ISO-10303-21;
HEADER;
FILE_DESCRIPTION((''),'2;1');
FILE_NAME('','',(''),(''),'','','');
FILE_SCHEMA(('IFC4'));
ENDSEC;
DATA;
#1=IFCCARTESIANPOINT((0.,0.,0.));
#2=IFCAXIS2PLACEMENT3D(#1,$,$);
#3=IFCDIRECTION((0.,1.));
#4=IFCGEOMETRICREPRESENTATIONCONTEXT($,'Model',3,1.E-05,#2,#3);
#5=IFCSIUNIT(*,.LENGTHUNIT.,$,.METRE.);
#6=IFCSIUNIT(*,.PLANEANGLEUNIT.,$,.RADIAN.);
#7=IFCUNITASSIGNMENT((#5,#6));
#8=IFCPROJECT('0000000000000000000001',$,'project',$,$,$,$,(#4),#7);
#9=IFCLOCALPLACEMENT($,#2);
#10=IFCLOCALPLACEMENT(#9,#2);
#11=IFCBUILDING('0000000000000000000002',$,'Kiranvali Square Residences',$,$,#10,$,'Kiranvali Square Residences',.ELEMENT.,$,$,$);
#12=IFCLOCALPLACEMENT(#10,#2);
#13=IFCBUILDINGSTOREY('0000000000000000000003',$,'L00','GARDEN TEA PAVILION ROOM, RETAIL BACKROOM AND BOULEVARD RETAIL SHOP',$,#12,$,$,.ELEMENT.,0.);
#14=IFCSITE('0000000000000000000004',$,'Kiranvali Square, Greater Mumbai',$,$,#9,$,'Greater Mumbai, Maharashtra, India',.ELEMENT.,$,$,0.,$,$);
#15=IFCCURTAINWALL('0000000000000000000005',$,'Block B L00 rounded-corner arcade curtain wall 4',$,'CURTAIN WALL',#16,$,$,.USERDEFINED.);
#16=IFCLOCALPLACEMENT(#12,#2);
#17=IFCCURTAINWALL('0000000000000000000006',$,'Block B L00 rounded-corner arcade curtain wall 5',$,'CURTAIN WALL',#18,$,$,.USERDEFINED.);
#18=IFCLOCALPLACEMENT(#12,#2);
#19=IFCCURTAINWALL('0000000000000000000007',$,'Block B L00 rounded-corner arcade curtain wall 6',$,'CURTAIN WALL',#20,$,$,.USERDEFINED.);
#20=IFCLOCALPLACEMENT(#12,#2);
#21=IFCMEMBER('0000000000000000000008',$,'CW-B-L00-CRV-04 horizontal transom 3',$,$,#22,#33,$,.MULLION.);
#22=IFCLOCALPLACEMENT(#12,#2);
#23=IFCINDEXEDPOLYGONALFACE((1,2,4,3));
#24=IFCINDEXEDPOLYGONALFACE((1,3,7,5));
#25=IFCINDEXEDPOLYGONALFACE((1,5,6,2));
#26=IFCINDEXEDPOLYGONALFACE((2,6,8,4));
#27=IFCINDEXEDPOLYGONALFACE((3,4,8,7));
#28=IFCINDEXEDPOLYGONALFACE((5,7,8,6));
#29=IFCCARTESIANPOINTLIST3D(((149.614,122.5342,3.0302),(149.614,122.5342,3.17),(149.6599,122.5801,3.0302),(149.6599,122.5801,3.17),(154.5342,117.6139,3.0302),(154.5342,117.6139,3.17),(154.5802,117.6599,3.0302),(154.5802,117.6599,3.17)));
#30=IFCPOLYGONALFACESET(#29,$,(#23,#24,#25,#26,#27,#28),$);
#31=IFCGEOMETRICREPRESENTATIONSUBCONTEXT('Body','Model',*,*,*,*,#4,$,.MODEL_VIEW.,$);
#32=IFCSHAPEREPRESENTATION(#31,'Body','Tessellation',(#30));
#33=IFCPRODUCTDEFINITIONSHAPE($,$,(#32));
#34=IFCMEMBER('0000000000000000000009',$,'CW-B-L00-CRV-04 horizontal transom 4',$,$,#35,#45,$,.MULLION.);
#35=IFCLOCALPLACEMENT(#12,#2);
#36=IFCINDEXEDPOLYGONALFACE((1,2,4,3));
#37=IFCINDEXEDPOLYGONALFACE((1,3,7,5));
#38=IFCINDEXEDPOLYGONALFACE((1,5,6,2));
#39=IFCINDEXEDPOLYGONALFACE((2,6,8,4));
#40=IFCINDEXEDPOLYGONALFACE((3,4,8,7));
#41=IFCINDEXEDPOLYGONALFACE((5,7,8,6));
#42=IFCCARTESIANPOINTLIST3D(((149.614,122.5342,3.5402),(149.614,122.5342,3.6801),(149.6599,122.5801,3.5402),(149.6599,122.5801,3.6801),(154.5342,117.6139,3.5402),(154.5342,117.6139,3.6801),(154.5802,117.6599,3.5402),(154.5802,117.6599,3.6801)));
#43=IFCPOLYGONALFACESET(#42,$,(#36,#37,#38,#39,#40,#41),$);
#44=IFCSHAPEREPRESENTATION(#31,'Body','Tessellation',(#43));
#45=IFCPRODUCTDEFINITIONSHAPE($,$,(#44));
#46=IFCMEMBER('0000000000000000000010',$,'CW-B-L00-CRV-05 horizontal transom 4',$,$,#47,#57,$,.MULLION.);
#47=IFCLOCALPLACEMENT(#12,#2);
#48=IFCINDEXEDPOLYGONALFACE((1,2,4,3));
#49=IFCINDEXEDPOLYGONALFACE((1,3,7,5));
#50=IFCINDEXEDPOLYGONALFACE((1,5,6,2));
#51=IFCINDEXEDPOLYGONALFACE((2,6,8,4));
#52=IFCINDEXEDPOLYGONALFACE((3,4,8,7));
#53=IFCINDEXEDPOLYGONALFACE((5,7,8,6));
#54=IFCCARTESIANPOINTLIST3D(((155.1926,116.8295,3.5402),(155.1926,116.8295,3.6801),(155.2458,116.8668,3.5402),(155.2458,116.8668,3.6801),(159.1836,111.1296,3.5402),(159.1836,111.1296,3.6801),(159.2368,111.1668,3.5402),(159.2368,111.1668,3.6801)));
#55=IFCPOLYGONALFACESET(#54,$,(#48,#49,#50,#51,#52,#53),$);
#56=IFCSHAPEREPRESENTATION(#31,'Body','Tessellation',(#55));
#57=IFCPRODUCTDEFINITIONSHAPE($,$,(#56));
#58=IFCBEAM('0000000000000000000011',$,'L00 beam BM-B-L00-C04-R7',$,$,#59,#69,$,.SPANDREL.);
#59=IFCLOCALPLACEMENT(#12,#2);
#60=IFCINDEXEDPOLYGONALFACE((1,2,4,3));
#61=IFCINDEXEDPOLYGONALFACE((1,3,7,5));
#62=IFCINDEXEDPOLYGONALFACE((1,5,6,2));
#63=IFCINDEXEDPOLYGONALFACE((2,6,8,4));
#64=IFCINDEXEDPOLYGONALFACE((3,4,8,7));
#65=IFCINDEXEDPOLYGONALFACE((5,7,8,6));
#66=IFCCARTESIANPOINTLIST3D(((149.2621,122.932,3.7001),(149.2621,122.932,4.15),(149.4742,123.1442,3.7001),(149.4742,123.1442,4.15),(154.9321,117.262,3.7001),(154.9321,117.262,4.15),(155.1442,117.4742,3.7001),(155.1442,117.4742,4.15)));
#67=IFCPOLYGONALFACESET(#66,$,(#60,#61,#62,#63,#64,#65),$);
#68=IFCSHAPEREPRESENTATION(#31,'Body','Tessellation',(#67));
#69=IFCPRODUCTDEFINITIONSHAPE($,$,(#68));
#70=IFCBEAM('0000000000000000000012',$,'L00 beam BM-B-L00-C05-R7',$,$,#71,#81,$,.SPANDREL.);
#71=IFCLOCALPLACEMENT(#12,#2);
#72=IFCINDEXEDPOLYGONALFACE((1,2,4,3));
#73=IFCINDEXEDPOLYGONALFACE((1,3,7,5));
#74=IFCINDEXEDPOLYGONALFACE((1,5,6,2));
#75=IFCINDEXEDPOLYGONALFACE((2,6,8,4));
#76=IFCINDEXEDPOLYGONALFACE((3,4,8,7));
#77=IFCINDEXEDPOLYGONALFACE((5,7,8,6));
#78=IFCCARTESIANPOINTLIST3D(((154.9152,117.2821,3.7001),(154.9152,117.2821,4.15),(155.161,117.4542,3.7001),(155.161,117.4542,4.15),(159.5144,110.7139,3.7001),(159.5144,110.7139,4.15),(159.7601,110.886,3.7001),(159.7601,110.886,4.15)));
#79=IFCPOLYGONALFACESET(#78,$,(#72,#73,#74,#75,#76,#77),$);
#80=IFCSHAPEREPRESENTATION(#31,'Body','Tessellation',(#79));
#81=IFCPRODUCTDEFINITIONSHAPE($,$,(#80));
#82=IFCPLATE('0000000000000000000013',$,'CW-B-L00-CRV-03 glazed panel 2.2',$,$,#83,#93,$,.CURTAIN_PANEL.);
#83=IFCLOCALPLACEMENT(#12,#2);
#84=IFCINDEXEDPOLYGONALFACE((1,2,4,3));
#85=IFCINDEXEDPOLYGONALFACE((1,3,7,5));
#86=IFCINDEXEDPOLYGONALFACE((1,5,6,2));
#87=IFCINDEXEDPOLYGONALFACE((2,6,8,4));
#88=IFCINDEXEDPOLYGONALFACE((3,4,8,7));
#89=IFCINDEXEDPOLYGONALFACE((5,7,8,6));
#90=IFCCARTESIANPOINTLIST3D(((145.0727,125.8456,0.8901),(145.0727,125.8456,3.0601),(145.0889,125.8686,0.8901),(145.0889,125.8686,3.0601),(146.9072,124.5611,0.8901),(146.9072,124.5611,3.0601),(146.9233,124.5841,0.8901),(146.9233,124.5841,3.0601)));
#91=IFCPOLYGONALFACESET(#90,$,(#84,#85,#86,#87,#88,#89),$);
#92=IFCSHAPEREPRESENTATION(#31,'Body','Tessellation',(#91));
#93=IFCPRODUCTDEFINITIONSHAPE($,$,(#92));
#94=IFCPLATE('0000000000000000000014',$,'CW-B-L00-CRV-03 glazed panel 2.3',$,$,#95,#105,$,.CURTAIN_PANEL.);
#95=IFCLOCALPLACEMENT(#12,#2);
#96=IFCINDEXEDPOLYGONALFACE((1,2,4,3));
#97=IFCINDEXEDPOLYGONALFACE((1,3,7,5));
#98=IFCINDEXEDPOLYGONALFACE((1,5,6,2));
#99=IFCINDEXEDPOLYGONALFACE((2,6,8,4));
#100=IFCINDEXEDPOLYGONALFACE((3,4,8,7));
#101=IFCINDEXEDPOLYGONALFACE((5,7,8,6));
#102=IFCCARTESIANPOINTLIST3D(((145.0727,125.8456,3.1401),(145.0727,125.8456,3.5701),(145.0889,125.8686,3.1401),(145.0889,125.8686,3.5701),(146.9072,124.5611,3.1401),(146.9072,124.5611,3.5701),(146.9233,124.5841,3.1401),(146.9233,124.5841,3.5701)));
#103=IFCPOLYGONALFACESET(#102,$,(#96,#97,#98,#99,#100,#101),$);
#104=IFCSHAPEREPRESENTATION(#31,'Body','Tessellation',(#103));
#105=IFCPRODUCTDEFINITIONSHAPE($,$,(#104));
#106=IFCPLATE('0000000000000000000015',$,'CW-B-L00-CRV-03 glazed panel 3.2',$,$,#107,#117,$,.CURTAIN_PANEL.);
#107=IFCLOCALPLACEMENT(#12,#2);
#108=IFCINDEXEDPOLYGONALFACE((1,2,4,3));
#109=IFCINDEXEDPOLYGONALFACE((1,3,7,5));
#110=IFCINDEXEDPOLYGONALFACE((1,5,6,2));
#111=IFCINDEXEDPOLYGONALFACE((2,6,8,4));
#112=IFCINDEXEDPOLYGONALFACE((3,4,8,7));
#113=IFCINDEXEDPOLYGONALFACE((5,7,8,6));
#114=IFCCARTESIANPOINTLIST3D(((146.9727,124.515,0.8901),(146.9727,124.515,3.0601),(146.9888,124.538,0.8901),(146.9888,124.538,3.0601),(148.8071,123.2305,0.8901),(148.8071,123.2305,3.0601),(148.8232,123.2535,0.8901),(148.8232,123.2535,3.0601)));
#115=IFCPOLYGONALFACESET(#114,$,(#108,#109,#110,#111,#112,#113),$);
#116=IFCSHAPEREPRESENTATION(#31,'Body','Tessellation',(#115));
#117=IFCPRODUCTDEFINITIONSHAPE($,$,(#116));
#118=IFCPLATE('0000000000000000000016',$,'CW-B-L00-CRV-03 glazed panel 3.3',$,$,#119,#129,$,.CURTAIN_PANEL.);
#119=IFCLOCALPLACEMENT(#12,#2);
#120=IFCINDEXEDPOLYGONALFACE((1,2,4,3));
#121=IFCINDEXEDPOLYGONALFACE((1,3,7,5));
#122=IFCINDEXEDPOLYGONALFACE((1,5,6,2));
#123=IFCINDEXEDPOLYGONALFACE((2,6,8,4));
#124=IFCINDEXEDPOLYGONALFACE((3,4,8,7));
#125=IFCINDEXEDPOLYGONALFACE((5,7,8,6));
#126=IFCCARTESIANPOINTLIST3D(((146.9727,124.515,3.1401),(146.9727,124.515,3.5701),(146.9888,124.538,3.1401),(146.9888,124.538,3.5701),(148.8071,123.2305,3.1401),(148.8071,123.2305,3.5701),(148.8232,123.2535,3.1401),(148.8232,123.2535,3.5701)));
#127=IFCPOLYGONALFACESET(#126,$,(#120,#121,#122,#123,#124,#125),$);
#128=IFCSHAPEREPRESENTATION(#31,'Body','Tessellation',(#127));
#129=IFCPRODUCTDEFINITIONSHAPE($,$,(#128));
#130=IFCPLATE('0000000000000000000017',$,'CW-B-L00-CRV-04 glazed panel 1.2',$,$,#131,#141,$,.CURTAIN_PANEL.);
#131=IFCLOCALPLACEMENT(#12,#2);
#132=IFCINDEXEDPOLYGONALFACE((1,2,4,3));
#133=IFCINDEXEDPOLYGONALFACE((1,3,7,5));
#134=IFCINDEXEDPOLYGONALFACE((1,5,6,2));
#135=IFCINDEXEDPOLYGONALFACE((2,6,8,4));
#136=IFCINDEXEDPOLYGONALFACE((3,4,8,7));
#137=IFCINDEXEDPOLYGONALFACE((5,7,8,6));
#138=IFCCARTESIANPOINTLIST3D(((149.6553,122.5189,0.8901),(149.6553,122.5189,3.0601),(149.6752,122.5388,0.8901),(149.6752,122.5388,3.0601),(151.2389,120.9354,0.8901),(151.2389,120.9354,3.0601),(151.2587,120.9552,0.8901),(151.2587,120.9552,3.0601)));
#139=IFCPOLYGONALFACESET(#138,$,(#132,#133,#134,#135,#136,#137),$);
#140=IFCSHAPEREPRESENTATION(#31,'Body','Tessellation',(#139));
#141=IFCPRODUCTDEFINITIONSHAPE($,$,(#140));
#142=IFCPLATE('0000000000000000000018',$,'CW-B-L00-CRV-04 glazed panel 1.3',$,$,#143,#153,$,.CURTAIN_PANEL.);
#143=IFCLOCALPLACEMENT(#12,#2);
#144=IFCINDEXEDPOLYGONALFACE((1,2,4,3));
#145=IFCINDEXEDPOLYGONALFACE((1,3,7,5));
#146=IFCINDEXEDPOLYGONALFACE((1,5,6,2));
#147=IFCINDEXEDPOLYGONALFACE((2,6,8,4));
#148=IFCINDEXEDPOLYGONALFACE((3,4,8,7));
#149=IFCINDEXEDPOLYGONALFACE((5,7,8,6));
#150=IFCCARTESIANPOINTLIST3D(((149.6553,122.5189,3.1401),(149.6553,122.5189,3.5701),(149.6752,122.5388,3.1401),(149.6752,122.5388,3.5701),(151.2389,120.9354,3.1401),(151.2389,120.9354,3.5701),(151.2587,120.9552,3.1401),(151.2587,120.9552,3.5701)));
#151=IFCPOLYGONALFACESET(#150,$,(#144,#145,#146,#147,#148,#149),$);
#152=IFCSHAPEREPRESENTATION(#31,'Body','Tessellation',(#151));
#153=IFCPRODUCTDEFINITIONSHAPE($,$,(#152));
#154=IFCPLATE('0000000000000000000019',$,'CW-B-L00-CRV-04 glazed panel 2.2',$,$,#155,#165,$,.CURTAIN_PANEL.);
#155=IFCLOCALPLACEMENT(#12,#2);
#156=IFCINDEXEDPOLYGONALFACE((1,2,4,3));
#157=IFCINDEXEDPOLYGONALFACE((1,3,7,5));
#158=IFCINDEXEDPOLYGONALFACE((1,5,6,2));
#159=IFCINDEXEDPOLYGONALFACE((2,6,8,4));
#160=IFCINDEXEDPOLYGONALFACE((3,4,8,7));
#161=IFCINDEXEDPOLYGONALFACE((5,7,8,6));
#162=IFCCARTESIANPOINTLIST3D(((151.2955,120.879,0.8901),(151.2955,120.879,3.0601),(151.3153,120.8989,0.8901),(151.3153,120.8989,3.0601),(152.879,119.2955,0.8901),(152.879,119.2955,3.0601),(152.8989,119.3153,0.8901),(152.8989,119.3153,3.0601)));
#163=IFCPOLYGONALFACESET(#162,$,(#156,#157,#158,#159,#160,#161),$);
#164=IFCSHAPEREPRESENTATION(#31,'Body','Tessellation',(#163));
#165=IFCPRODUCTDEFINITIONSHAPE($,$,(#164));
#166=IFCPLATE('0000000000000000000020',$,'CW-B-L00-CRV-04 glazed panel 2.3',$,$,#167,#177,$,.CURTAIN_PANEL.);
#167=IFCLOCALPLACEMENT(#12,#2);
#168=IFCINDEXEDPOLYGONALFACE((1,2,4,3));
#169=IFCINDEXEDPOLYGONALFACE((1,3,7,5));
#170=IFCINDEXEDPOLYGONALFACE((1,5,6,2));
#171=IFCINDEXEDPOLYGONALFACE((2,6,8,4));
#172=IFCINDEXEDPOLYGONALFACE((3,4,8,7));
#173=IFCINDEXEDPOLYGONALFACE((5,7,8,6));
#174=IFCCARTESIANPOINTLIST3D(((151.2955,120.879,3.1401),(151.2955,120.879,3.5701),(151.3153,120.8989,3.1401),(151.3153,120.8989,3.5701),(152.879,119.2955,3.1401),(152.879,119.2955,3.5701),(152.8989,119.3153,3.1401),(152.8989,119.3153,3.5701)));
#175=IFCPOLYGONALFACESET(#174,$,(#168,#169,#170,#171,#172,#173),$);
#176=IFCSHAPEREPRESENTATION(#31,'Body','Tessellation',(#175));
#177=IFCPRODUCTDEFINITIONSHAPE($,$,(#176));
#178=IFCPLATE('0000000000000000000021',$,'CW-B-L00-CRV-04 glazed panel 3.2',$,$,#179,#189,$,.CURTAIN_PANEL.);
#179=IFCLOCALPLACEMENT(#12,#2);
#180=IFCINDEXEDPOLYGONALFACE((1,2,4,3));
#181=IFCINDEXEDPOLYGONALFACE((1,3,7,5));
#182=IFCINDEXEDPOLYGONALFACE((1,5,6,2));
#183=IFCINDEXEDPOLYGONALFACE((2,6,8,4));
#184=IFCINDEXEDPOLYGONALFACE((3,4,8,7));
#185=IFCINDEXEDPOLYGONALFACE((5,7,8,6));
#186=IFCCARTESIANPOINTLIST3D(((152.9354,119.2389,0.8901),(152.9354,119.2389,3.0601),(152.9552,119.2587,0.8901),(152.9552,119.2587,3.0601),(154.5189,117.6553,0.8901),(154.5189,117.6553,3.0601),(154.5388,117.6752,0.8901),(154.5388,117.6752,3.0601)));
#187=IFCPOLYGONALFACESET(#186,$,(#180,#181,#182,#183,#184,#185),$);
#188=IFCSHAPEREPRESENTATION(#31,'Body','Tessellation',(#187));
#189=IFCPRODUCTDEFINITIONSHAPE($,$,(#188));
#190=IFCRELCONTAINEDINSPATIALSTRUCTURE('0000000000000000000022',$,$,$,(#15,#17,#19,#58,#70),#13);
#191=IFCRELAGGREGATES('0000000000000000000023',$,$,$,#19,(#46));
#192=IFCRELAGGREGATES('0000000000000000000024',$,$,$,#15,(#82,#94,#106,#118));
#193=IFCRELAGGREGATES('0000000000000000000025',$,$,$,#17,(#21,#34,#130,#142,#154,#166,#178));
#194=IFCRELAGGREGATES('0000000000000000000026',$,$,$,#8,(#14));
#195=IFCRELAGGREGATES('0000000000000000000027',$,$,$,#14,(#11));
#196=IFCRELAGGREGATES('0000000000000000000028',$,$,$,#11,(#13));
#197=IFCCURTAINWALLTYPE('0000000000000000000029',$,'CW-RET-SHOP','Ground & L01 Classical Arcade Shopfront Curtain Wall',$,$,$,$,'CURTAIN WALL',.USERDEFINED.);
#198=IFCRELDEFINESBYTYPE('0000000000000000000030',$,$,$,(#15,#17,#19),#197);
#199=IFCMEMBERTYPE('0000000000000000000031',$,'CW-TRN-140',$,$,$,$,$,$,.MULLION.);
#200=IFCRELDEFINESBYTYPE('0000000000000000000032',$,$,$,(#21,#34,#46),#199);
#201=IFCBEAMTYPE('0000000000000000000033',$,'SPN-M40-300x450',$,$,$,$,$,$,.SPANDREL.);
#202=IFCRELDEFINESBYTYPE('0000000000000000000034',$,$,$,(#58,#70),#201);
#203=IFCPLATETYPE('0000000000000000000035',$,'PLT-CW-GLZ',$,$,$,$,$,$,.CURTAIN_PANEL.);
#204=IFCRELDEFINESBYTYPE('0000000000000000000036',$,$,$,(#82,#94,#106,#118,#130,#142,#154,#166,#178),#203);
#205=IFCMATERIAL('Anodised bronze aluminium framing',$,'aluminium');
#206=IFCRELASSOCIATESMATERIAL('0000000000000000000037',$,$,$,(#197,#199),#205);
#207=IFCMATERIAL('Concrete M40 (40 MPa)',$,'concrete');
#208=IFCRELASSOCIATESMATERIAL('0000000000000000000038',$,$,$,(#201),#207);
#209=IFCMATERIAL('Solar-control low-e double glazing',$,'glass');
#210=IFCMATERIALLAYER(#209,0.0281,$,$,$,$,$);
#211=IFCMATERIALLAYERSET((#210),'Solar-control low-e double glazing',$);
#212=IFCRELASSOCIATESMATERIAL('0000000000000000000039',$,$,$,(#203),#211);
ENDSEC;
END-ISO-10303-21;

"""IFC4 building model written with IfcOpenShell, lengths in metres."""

from ifc_helpers import new_model, si_unit, direction, frame, origin, origin_2d, place, context, subcontext, project, spatial, rectangle, extrude, material, layer, layer_set, material_profile, profile_set, type_object, element, aggregate, save


model = new_model("IFC4")

# Units and contexts
model_context = context("Model", 3, precision=1e-05, world=origin(), true_north=direction((0.0, 1.0)))
body_context = subcontext(model_context, "Body", "Model", "MODEL_VIEW")
ifc_project = project(units=[si_unit("LENGTHUNIT", "METRE"), si_unit("PLANEANGLEUNIT", "RADIAN")], contexts=[model_context])

# Site, building, storey
site_placement = place(None, origin())
site = spatial("IfcSite", under=ifc_project, at=site_placement, Name="Kiranvali Square, Greater Mumbai", LongName="Greater Mumbai, Maharashtra, India", CompositionType="ELEMENT", RefElevation=0.0)
building_placement = place(site_placement, origin())
building = spatial("IfcBuilding", under=site, at=building_placement, Name="Kiranvali Square Residences", LongName="Kiranvali Square Residences", CompositionType="ELEMENT")
storey_placement = place(building_placement, origin())
storey = spatial("IfcBuildingStorey", under=building, at=storey_placement, Name="L00", Description="GARDEN TEA PAVILION ROOM, RETAIL BACKROOM AND BOULEVARD RETAIL SHOP", CompositionType="ELEMENT", Elevation=0.0)

# Curtain walls
ifc_material_1 = material(Name="Anodised bronze aluminium framing", Category="aluminium")
curtain_wall_type = type_object("IfcCurtainWallType", Name="CW-RET-SHOP", Description="Ground & L01 Classical Arcade Shopfront Curtain Wall", ElementType="CURTAIN WALL", PredefinedType="USERDEFINED", material=ifc_material_1)
curtain_wall_1_placement = place(storey_placement, origin())
curtain_wall_1 = element("IfcCurtainWall", 1, at=curtain_wall_1_placement, inside=storey, type_object=curtain_wall_type, Name="Block B L00 rounded-corner arcade curtain wall 4", ObjectType="CURTAIN WALL", PredefinedType="USERDEFINED")
curtain_wall_2_placement = place(storey_placement, origin())
curtain_wall_2 = element("IfcCurtainWall", 2, at=curtain_wall_2_placement, inside=storey, type_object=curtain_wall_type, Name="Block B L00 rounded-corner arcade curtain wall 5", ObjectType="CURTAIN WALL", PredefinedType="USERDEFINED")

# Curtain wall
curtain_wall_3_placement = place(storey_placement, origin())
curtain_wall_3 = element("IfcCurtainWall", 3, at=curtain_wall_3_placement, inside=storey, type_object=curtain_wall_type, Name="Block B L00 rounded-corner arcade curtain wall 6", ObjectType="CURTAIN WALL", PredefinedType="USERDEFINED")

# Members
ifc_material_profile_1 = material_profile(ifc_material_1, rectangle(XDim=0.0649, YDim=0.1399, at=origin_2d()), Name="ALU 65x140")
ifc_profile_set_1 = profile_set([ifc_material_profile_1], Name="Anodised bronze aluminium framing")
member_type_1 = type_object("IfcMemberType", Name="CW-TRN-140", PredefinedType="MULLION", material=ifc_profile_set_1)
member_1_placement = place(storey_placement, frame((149.637, 122.5571, 3.1001), z_axis=(0.707107, -0.707107, 0.0), x_axis=(0.707107, 0.707107, 0.0)))
member_1 = element("IfcMember", 4, at=member_1_placement, type_object=member_type_1, Name="CW-B-L00-CRV-04 horizontal transom 3", PredefinedType="MULLION", context=body_context, shape_type="SweptSolid", body=[
    extrude(rectangle(XDim=0.0649, YDim=0.1399, at=origin_2d()), origin(), (0.0, 0.0, 1.0), 6.9583),
])
member_2_placement = place(storey_placement, frame((149.637, 122.5571, 3.6101), z_axis=(0.707107, -0.707107, 0.0), x_axis=(0.707107, 0.707107, 0.0)))
member_2 = element("IfcMember", 5, at=member_2_placement, type_object=member_type_1, Name="CW-B-L00-CRV-04 horizontal transom 4", PredefinedType="MULLION", context=body_context, shape_type="SweptSolid", body=[
    extrude(rectangle(XDim=0.0649, YDim=0.1399, at=origin_2d()), origin(), (0.0, 0.0, 1.0), 6.9583),
])
member_3_placement = place(storey_placement, frame((155.2192, 116.8481, 3.6101), z_axis=(0.573559, -0.819164, 0.0), x_axis=(0.819164, 0.573559, 0.0)))
member_3 = element("IfcMember", 6, at=member_3_placement, type_object=member_type_1, Name="CW-B-L00-CRV-05 horizontal transom 4", PredefinedType="MULLION", context=body_context, shape_type="SweptSolid", body=[
    extrude(rectangle(XDim=0.0649, YDim=0.1399, at=origin_2d()), origin(), (0.0, 0.0, 1.0), 6.9583),
])
aggregate(curtain_wall_3, [member_3])

# Beams
ifc_material_2 = material(Name="Concrete M40 (40 MPa)", Category="concrete")
ifc_material_profile_2 = material_profile(ifc_material_2, rectangle(XDim=0.3, YDim=0.45, at=origin_2d()), Name="RC 300x450")
ifc_profile_set_2 = profile_set([ifc_material_profile_2], Name="Concrete M40 (40 MPa)")
beam_type_1 = type_object("IfcBeamType", Name="SPN-M40-300x450", PredefinedType="SPANDREL", material=ifc_profile_set_2)
beam_1_placement = place(storey_placement, frame((149.3682, 123.0381, 3.925), z_axis=(0.707107, -0.707107, 0.0), x_axis=(0.707107, 0.707107, 0.0)))
element("IfcBeam", 7, at=beam_1_placement, inside=storey, type_object=beam_type_1, Name="L00 beam BM-B-L00-C04-R7", PredefinedType="SPANDREL", context=body_context, shape_type="SweptSolid", body=[
    extrude(rectangle(XDim=0.3, YDim=0.45, at=origin_2d()), origin(), (0.0, 0.0, 1.0), 8.0186),
])
beam_2_placement = place(storey_placement, frame((155.0381, 117.3682, 3.925), z_axis=(0.573583, -0.819148, 0.0), x_axis=(0.819148, 0.573583, 0.0)))
element("IfcBeam", 8, at=beam_2_placement, inside=storey, type_object=beam_type_1, Name="L00 beam BM-B-L00-C05-R7", PredefinedType="SPANDREL", context=body_context, shape_type="SweptSolid", body=[
    extrude(rectangle(XDim=0.3, YDim=0.45, at=origin_2d()), origin(), (0.0, 0.0, 1.0), 8.0183),
])

# Plates
ifc_material_3 = material(Name="Solar-control low-e double glazing", Category="glass")
ifc_layer_1 = layer(ifc_material_3, 0.0281)
ifc_layer_set_1 = layer_set([ifc_layer_1], Name="Solar-control low-e double glazing")
plate_type_1 = type_object("IfcPlateType", Name="PLT-CW-GLZ", PredefinedType="CURTAIN_PANEL", material=ifc_layer_set_1)
plate_1_placement = place(storey_placement, frame((145.998, 125.2148, 0.8901), z_axis=(0.0, 0.0, 1.0), x_axis=(0.819152, -0.573576, 0.0)))
plate_1 = element("IfcPlate", 9, at=plate_1_placement, type_object=plate_type_1, Name="CW-B-L00-CRV-03 glazed panel 2.2", PredefinedType="CURTAIN_PANEL", context=body_context, shape_type="SweptSolid", body=[
    extrude(rectangle(XDim=2.2395, YDim=0.0281, at=origin_2d()), origin(), (0.0, 0.0, 1.0), 2.1699),
])
plate_2_placement = place(storey_placement, frame((145.998, 125.2148, 3.1401), z_axis=(0.0, 0.0, 1.0), x_axis=(0.819152, -0.573576, 0.0)))
plate_2 = element("IfcPlate", 10, at=plate_2_placement, type_object=plate_type_1, Name="CW-B-L00-CRV-03 glazed panel 2.3", PredefinedType="CURTAIN_PANEL", context=body_context, shape_type="SweptSolid", body=[
    extrude(rectangle(XDim=2.2395, YDim=0.0281, at=origin_2d()), origin(), (0.0, 0.0, 1.0), 0.4299),
])
plate_3_placement = place(storey_placement, frame((147.8979, 123.8843, 0.8901), z_axis=(0.0, 0.0, 1.0), x_axis=(0.819152, -0.573576, 0.0)))
plate_3 = element("IfcPlate", 11, at=plate_3_placement, type_object=plate_type_1, Name="CW-B-L00-CRV-03 glazed panel 3.2", PredefinedType="CURTAIN_PANEL", context=body_context, shape_type="SweptSolid", body=[
    extrude(rectangle(XDim=2.2395, YDim=0.0281, at=origin_2d()), origin(), (0.0, 0.0, 1.0), 2.1699),
])
plate_4_placement = place(storey_placement, frame((147.8979, 123.8843, 3.1401), z_axis=(0.0, 0.0, 1.0), x_axis=(0.819152, -0.573576, 0.0)))
plate_4 = element("IfcPlate", 12, at=plate_4_placement, type_object=plate_type_1, Name="CW-B-L00-CRV-03 glazed panel 3.3", PredefinedType="CURTAIN_PANEL", context=body_context, shape_type="SweptSolid", body=[
    extrude(rectangle(XDim=2.2395, YDim=0.0281, at=origin_2d()), origin(), (0.0, 0.0, 1.0), 0.4299),
])
plate_5_placement = place(storey_placement, frame((150.457, 121.7371, 0.8901), z_axis=(0.0, 0.0, 1.0), x_axis=(0.707107, -0.707107, 0.0)))
plate_5 = element("IfcPlate", 13, at=plate_5_placement, type_object=plate_type_1, Name="CW-B-L00-CRV-04 glazed panel 1.2", PredefinedType="CURTAIN_PANEL", context=body_context, shape_type="SweptSolid", body=[
    extrude(rectangle(XDim=2.2395, YDim=0.0281, at=origin_2d()), origin(), (0.0, 0.0, 1.0), 2.1699),
])
plate_6_placement = place(storey_placement, frame((150.457, 121.7371, 3.1401), z_axis=(0.0, 0.0, 1.0), x_axis=(0.707107, -0.707107, 0.0)))
plate_6 = element("IfcPlate", 14, at=plate_6_placement, type_object=plate_type_1, Name="CW-B-L00-CRV-04 glazed panel 1.3", PredefinedType="CURTAIN_PANEL", context=body_context, shape_type="SweptSolid", body=[
    extrude(rectangle(XDim=2.2395, YDim=0.0281, at=origin_2d()), origin(), (0.0, 0.0, 1.0), 0.4299),
])
plate_7_placement = place(storey_placement, frame((152.0972, 120.0972, 0.8901), z_axis=(0.0, 0.0, 1.0), x_axis=(0.707107, -0.707107, 0.0)))
plate_7 = element("IfcPlate", 15, at=plate_7_placement, type_object=plate_type_1, Name="CW-B-L00-CRV-04 glazed panel 2.2", PredefinedType="CURTAIN_PANEL", context=body_context, shape_type="SweptSolid", body=[
    extrude(rectangle(XDim=2.2395, YDim=0.0281, at=origin_2d()), origin(), (0.0, 0.0, 1.0), 2.1699),
])
plate_8_placement = place(storey_placement, frame((152.0972, 120.0972, 3.1401), z_axis=(0.0, 0.0, 1.0), x_axis=(0.707107, -0.707107, 0.0)))
plate_8 = element("IfcPlate", 16, at=plate_8_placement, type_object=plate_type_1, Name="CW-B-L00-CRV-04 glazed panel 2.3", PredefinedType="CURTAIN_PANEL", context=body_context, shape_type="SweptSolid", body=[
    extrude(rectangle(XDim=2.2395, YDim=0.0281, at=origin_2d()), origin(), (0.0, 0.0, 1.0), 0.4299),
])
plate_9_placement = place(storey_placement, frame((153.7371, 118.457, 0.8901), z_axis=(0.0, 0.0, 1.0), x_axis=(0.707107, -0.707107, 0.0)))
plate_9 = element("IfcPlate", 17, at=plate_9_placement, type_object=plate_type_1, Name="CW-B-L00-CRV-04 glazed panel 3.2", PredefinedType="CURTAIN_PANEL", context=body_context, shape_type="SweptSolid", body=[
    extrude(rectangle(XDim=2.2395, YDim=0.0281, at=origin_2d()), origin(), (0.0, 0.0, 1.0), 2.1699),
])
aggregate(curtain_wall_1, [plate_1, plate_2, plate_3, plate_4])
aggregate(curtain_wall_2, [member_1, member_2, plate_5, plate_6, plate_7, plate_8, plate_9])

save(model, "model.ifc")
